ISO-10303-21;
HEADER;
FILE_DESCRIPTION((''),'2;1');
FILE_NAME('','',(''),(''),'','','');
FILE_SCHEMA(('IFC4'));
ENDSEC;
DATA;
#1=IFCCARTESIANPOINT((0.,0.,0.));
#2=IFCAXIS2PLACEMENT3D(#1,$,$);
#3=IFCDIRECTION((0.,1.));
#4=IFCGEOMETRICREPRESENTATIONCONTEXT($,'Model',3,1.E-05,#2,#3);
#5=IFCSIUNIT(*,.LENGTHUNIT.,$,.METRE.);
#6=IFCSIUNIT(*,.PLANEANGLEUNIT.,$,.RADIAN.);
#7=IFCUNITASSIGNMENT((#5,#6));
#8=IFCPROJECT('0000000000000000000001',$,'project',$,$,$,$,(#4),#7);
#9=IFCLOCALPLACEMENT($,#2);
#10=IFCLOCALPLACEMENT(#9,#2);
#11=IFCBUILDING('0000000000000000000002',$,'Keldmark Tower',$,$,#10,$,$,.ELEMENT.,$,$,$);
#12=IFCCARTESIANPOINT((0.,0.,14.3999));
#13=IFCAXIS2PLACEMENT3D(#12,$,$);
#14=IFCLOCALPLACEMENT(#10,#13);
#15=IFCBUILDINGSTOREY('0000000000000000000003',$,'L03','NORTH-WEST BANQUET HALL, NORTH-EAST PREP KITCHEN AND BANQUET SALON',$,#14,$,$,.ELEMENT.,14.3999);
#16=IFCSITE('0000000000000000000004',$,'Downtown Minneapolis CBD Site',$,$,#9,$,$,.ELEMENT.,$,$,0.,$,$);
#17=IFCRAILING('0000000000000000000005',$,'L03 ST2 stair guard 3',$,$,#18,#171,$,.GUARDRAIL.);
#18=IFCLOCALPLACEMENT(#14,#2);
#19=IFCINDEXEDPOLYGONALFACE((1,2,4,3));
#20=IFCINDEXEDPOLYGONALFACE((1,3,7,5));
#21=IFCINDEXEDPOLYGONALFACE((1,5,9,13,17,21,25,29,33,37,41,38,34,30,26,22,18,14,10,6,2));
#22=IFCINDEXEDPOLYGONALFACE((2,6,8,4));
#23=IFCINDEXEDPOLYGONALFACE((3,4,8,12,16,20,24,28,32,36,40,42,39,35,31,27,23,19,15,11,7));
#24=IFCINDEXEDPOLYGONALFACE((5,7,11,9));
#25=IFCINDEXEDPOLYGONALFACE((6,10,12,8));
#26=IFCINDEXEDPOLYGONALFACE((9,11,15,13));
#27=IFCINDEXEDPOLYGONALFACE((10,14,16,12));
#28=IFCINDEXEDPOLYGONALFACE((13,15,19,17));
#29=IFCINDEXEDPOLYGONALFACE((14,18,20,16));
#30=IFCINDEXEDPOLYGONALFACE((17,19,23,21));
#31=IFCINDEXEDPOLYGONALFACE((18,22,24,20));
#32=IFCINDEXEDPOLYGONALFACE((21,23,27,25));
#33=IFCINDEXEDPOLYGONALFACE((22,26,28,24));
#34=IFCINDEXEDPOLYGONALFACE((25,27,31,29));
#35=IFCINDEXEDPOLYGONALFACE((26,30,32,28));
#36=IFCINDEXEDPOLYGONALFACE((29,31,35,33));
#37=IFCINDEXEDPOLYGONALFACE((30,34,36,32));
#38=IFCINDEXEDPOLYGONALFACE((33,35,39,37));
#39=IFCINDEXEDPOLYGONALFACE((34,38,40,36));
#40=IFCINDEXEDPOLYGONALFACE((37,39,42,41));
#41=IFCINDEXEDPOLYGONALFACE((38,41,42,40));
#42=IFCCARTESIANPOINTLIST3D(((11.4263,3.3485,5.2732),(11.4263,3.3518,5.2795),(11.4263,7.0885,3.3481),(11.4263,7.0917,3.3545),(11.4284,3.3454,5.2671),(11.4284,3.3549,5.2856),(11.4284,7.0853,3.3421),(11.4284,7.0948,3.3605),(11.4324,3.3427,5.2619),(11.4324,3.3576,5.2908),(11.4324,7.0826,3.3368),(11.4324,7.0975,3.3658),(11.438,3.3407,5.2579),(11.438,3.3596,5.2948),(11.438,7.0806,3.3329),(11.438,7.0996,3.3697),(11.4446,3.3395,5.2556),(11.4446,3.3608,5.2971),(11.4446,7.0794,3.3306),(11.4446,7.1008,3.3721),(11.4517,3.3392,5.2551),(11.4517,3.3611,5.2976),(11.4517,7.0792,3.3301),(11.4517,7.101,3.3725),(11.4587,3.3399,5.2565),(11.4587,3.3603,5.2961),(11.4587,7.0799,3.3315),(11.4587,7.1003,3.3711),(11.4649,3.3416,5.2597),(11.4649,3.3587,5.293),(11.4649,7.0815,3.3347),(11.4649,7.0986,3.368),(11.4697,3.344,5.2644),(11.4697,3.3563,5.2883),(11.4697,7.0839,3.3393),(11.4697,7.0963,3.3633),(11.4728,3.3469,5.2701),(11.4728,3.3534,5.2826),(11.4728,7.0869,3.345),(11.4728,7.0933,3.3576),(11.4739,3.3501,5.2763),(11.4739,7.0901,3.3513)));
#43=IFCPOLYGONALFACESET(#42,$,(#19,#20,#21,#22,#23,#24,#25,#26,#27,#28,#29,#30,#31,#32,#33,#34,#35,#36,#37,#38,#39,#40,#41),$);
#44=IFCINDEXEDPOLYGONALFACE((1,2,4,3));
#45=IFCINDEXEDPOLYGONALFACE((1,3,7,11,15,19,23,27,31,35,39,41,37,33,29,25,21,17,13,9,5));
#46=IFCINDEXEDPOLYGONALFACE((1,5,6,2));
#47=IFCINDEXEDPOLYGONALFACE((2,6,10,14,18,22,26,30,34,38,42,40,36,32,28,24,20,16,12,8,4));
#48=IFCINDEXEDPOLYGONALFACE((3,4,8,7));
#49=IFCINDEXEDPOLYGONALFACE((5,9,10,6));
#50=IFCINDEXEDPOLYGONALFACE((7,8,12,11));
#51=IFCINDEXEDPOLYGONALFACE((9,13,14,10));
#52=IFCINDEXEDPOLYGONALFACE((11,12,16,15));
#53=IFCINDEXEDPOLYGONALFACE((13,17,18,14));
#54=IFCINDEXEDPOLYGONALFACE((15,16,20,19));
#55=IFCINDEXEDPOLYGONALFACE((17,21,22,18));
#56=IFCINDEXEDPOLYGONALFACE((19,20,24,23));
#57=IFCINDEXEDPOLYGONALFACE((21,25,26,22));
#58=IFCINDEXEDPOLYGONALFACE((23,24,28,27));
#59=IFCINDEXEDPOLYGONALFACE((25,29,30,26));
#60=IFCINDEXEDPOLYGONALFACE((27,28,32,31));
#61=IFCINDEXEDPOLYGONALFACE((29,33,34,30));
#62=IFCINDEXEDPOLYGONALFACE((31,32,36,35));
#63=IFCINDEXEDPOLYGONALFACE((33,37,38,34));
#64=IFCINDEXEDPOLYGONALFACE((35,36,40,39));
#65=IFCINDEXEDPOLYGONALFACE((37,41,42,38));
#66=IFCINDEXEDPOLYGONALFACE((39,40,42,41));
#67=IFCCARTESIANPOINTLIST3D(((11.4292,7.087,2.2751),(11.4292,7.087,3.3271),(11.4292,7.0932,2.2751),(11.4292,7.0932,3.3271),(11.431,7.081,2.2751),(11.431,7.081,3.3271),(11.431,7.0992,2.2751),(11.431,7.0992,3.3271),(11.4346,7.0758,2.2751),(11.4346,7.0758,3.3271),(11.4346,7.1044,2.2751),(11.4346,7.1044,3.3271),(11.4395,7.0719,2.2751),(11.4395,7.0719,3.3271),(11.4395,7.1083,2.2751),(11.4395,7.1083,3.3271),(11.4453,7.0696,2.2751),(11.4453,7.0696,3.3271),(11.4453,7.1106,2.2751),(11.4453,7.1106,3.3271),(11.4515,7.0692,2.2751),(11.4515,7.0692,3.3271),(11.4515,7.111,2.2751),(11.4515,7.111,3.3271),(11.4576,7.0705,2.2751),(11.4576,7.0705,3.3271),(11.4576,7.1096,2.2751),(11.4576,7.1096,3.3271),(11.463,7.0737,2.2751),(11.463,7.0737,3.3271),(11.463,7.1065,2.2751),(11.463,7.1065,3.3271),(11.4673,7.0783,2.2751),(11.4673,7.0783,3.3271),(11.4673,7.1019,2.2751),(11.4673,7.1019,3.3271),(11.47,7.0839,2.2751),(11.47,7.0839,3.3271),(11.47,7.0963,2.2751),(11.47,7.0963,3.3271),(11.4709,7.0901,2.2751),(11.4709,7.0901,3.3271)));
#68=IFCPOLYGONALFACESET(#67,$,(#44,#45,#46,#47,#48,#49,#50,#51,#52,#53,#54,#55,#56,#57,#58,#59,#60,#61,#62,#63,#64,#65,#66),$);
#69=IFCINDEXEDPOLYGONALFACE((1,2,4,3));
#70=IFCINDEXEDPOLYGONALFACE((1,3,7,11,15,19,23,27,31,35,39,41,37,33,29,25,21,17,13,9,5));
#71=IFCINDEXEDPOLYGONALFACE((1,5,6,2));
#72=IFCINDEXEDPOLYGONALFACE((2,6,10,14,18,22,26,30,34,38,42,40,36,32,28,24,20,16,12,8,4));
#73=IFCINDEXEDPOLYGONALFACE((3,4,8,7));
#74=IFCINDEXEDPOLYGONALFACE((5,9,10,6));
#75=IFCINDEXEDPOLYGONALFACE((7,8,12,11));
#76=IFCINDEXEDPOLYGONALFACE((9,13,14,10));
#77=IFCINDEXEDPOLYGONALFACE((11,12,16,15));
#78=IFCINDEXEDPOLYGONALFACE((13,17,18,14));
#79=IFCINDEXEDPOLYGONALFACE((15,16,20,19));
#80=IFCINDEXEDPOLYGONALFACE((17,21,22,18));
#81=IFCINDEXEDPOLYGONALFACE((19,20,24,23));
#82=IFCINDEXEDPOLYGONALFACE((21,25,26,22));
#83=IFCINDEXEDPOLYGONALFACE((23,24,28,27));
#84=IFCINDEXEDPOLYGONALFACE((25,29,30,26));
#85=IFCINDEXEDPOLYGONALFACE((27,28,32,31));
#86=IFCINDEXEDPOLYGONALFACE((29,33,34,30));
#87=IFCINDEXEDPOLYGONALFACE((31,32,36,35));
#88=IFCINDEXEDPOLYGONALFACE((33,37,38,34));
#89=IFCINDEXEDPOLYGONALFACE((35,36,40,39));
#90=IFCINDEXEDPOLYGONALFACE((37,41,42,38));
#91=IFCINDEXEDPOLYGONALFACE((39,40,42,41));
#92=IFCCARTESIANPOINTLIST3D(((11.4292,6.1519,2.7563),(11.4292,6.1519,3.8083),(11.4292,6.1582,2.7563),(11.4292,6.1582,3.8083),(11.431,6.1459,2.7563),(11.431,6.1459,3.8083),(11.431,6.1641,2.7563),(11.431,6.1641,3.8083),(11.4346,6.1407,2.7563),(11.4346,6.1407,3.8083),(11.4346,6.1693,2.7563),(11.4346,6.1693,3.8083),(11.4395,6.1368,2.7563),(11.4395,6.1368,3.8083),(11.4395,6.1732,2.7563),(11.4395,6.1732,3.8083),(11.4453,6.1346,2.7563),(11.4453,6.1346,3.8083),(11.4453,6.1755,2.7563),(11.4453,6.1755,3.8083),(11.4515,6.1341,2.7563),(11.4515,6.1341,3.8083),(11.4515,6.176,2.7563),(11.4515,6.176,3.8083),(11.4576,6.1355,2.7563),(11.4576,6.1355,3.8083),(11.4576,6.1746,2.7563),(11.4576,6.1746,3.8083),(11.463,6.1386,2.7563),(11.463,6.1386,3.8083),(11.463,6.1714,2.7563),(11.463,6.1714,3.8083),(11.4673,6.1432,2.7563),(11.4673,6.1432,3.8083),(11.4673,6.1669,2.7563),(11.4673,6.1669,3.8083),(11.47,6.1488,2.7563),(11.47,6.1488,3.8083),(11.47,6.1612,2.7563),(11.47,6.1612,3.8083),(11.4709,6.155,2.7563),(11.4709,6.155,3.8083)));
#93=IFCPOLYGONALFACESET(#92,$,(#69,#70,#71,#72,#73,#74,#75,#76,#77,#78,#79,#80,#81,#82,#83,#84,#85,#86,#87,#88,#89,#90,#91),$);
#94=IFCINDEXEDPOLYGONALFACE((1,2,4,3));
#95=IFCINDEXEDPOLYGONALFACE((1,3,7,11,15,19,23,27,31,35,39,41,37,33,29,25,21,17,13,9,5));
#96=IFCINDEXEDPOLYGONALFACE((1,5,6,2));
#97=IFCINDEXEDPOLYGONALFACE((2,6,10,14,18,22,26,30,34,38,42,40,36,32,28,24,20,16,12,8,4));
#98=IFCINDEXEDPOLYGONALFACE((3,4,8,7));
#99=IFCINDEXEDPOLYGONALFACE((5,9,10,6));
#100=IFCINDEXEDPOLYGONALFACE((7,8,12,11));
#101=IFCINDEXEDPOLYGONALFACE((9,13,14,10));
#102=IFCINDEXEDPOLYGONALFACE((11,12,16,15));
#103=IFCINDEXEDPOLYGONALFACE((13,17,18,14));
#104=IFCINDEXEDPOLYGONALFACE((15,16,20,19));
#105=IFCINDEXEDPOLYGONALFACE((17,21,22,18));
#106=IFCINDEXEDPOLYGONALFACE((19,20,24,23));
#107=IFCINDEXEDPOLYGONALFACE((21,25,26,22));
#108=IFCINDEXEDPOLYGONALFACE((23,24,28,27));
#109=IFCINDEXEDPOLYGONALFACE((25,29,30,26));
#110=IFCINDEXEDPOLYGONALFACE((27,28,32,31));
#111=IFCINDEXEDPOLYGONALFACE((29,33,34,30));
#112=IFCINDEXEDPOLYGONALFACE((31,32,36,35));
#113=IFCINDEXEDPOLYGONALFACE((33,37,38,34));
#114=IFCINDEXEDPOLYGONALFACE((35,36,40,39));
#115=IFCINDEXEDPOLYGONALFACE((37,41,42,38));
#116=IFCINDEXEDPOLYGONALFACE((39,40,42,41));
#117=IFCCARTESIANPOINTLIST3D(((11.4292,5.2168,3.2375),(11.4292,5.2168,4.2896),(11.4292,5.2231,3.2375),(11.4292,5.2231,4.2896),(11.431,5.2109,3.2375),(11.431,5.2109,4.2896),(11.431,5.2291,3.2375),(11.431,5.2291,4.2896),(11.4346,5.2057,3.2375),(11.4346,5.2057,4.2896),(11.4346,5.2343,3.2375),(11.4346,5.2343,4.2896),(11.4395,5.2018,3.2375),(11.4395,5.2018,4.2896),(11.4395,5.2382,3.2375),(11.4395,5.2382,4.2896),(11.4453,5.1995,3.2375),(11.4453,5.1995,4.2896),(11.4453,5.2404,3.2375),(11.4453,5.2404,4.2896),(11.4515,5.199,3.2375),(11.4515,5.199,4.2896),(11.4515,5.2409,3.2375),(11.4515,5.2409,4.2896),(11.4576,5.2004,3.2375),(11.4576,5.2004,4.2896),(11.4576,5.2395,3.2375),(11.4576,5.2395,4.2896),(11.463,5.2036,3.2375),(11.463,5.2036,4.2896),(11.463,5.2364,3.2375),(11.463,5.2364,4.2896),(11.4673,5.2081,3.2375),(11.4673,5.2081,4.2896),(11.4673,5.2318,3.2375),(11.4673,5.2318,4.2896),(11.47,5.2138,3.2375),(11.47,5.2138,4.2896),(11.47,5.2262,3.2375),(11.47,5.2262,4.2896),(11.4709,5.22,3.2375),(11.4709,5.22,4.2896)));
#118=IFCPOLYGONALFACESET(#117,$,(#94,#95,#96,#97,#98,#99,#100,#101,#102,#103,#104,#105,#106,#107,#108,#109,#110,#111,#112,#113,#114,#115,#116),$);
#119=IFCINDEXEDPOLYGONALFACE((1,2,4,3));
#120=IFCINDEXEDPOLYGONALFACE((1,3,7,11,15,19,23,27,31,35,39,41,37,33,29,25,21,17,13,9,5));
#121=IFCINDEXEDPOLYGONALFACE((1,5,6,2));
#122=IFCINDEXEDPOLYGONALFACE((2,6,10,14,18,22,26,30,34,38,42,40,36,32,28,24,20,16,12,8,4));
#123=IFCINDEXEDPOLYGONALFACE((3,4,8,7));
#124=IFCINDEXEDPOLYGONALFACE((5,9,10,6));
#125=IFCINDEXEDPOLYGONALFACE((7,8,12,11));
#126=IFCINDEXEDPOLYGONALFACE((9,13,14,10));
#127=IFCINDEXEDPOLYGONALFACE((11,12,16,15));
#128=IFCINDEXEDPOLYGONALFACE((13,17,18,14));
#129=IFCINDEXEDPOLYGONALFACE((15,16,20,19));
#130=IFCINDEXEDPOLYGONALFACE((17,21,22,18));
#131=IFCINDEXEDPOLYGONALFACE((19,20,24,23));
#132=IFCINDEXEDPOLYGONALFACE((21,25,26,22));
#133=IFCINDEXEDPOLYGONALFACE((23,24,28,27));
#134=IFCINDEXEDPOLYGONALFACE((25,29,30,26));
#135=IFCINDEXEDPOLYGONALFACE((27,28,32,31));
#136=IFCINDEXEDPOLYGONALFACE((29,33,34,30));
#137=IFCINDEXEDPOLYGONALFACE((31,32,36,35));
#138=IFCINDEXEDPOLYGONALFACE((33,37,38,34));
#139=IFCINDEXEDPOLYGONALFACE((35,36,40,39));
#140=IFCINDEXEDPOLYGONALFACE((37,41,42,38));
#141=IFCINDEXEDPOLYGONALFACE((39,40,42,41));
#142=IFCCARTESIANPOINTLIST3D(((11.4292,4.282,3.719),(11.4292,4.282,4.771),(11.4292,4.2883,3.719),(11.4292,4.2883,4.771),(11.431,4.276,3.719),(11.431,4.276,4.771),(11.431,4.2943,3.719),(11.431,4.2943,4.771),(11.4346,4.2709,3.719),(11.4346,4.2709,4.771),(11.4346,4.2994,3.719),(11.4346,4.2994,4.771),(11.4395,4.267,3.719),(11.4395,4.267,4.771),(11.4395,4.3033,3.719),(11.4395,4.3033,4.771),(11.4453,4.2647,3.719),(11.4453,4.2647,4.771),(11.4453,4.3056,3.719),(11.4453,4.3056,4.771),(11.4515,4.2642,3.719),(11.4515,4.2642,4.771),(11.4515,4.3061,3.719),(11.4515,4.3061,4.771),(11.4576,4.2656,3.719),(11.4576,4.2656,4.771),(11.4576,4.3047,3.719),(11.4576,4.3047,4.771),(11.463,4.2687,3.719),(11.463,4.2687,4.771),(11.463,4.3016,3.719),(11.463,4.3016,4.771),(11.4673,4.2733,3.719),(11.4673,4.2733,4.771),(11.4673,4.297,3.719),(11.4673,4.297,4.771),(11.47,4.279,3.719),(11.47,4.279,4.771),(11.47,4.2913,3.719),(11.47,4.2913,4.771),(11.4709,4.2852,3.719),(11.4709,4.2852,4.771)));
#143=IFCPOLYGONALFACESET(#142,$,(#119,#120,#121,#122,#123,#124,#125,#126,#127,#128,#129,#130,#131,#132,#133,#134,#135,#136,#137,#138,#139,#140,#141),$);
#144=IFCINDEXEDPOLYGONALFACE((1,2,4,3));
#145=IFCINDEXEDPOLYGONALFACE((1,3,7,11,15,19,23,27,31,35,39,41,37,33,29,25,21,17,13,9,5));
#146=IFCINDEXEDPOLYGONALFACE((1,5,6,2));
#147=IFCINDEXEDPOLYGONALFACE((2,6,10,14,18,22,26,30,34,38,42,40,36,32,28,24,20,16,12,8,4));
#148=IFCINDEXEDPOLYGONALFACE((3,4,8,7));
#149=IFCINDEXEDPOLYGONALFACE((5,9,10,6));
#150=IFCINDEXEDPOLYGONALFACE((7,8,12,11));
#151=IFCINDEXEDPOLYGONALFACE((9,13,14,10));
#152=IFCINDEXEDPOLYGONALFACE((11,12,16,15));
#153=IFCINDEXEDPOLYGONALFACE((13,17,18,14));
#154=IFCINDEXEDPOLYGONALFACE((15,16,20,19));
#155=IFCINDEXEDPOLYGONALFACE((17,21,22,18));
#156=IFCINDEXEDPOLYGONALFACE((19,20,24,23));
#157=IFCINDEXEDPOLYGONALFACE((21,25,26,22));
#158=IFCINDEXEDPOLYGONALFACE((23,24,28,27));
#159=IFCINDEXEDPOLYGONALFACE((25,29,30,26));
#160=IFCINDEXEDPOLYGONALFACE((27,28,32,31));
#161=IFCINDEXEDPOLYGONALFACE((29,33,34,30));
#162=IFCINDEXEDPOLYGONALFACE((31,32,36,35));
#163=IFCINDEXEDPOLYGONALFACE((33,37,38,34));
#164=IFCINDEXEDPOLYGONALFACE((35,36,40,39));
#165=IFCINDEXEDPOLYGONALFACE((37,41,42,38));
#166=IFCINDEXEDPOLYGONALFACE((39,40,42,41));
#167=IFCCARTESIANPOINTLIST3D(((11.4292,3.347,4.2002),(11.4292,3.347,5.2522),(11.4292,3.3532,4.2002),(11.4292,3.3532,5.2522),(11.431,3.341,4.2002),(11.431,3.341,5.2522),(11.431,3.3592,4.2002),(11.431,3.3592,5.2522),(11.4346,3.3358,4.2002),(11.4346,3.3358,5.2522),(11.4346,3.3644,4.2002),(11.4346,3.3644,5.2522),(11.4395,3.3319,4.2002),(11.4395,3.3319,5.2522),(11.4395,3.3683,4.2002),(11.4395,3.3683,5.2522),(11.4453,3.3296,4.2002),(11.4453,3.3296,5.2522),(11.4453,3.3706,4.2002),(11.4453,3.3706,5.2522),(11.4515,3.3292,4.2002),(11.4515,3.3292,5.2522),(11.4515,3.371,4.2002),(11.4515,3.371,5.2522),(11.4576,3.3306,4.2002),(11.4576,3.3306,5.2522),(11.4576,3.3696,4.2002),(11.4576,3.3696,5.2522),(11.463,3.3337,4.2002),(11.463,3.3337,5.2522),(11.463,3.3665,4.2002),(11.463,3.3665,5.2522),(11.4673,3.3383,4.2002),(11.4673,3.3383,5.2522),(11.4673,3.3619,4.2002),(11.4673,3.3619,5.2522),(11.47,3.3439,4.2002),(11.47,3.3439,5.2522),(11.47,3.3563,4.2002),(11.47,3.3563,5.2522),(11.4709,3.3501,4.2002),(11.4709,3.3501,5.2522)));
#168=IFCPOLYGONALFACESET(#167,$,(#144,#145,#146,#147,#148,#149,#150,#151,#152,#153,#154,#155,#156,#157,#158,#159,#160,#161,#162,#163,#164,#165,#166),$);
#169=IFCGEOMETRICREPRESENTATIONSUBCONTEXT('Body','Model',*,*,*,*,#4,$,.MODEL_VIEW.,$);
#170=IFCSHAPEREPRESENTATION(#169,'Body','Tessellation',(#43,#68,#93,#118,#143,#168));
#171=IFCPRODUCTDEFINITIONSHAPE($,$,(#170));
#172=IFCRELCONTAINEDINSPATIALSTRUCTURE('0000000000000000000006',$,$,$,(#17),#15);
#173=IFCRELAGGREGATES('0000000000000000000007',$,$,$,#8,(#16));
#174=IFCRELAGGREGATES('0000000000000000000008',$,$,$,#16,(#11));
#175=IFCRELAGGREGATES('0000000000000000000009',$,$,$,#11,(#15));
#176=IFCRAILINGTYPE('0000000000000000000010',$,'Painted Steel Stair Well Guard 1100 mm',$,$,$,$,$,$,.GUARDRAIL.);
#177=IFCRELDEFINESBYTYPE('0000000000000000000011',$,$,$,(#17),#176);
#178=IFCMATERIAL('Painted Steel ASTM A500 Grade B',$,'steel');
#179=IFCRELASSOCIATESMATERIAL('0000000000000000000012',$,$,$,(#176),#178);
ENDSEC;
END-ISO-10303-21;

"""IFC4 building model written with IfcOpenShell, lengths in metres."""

from ifc_helpers import new_model, si_unit, direction, frame, origin, origin_2d, place, context, subcontext, project, spatial, circle, extrude, material, type_object, element, save


model = new_model("IFC4")

# Units and contexts
model_context = context("Model", 3, precision=1e-05, world=origin(), true_north=direction((0.0, 1.0)))
body_context = subcontext(model_context, "Body", "Model", "MODEL_VIEW")
ifc_project = project(units=[si_unit("LENGTHUNIT", "METRE"), si_unit("PLANEANGLEUNIT", "RADIAN")], contexts=[model_context])

# Site, building, storey
site_placement = place(None, origin())
site = spatial("IfcSite", under=ifc_project, at=site_placement, Name="Downtown Minneapolis CBD Site", CompositionType="ELEMENT", RefElevation=0.0)
building_placement = place(site_placement, origin())
building = spatial("IfcBuilding", under=site, at=building_placement, Name="Keldmark Tower", CompositionType="ELEMENT")
storey_placement = place(building_placement, frame((0.0, 0.0, 14.3999)))
storey = spatial("IfcBuildingStorey", under=building, at=storey_placement, Name="L03", Description="NORTH-WEST BANQUET HALL, NORTH-EAST PREP KITCHEN AND BANQUET SALON", CompositionType="ELEMENT", Elevation=14.3999)

# Railing
ifc_material_1 = material(Name="Painted Steel ASTM A500 Grade B", Category="steel")
railing_type_1 = type_object("IfcRailingType", Name="Painted Steel Stair Well Guard 1100 mm", PredefinedType="GUARDRAIL", material=ifc_material_1)
railing_1_placement = place(storey_placement, frame((11.45, 7.0901, 2.2751)))
element("IfcRailing", 1, at=railing_1_placement, inside=storey, type_object=railing_type_1, Name="L03 ST2 stair guard 3", PredefinedType="GUARDRAIL", context=body_context, shape_type="SweptSolid", body=[
    extrude(circle(Radius=0.0239, at=origin_2d()), frame((0.0, 0.0, 1.0762), z_axis=(0.0, -0.889131, 0.457654), x_axis=(1.0, 0.0, 0.0)), (0.0, 0.0, 1.0), 4.2063),
    extrude(circle(Radius=0.021, at=origin_2d()), origin(), (0.0, 0.0, 1.0), 1.052),
    extrude(circle(Radius=0.021, at=origin_2d()), frame((0.0, -0.9351, 0.4812)), (0.0, 0.0, 1.0), 1.052),
    extrude(circle(Radius=0.021, at=origin_2d()), frame((0.0, -1.8701, 0.9624)), (0.0, 0.0, 1.0), 1.052),
    extrude(circle(Radius=0.021, at=origin_2d()), frame((0.0, -2.8049, 1.4438)), (0.0, 0.0, 1.0), 1.052),
    extrude(circle(Radius=0.021, at=origin_2d()), frame((0.0, -3.74, 1.925)), (0.0, 0.0, 1.0), 1.052),
])

save(model, "model.ifc")
